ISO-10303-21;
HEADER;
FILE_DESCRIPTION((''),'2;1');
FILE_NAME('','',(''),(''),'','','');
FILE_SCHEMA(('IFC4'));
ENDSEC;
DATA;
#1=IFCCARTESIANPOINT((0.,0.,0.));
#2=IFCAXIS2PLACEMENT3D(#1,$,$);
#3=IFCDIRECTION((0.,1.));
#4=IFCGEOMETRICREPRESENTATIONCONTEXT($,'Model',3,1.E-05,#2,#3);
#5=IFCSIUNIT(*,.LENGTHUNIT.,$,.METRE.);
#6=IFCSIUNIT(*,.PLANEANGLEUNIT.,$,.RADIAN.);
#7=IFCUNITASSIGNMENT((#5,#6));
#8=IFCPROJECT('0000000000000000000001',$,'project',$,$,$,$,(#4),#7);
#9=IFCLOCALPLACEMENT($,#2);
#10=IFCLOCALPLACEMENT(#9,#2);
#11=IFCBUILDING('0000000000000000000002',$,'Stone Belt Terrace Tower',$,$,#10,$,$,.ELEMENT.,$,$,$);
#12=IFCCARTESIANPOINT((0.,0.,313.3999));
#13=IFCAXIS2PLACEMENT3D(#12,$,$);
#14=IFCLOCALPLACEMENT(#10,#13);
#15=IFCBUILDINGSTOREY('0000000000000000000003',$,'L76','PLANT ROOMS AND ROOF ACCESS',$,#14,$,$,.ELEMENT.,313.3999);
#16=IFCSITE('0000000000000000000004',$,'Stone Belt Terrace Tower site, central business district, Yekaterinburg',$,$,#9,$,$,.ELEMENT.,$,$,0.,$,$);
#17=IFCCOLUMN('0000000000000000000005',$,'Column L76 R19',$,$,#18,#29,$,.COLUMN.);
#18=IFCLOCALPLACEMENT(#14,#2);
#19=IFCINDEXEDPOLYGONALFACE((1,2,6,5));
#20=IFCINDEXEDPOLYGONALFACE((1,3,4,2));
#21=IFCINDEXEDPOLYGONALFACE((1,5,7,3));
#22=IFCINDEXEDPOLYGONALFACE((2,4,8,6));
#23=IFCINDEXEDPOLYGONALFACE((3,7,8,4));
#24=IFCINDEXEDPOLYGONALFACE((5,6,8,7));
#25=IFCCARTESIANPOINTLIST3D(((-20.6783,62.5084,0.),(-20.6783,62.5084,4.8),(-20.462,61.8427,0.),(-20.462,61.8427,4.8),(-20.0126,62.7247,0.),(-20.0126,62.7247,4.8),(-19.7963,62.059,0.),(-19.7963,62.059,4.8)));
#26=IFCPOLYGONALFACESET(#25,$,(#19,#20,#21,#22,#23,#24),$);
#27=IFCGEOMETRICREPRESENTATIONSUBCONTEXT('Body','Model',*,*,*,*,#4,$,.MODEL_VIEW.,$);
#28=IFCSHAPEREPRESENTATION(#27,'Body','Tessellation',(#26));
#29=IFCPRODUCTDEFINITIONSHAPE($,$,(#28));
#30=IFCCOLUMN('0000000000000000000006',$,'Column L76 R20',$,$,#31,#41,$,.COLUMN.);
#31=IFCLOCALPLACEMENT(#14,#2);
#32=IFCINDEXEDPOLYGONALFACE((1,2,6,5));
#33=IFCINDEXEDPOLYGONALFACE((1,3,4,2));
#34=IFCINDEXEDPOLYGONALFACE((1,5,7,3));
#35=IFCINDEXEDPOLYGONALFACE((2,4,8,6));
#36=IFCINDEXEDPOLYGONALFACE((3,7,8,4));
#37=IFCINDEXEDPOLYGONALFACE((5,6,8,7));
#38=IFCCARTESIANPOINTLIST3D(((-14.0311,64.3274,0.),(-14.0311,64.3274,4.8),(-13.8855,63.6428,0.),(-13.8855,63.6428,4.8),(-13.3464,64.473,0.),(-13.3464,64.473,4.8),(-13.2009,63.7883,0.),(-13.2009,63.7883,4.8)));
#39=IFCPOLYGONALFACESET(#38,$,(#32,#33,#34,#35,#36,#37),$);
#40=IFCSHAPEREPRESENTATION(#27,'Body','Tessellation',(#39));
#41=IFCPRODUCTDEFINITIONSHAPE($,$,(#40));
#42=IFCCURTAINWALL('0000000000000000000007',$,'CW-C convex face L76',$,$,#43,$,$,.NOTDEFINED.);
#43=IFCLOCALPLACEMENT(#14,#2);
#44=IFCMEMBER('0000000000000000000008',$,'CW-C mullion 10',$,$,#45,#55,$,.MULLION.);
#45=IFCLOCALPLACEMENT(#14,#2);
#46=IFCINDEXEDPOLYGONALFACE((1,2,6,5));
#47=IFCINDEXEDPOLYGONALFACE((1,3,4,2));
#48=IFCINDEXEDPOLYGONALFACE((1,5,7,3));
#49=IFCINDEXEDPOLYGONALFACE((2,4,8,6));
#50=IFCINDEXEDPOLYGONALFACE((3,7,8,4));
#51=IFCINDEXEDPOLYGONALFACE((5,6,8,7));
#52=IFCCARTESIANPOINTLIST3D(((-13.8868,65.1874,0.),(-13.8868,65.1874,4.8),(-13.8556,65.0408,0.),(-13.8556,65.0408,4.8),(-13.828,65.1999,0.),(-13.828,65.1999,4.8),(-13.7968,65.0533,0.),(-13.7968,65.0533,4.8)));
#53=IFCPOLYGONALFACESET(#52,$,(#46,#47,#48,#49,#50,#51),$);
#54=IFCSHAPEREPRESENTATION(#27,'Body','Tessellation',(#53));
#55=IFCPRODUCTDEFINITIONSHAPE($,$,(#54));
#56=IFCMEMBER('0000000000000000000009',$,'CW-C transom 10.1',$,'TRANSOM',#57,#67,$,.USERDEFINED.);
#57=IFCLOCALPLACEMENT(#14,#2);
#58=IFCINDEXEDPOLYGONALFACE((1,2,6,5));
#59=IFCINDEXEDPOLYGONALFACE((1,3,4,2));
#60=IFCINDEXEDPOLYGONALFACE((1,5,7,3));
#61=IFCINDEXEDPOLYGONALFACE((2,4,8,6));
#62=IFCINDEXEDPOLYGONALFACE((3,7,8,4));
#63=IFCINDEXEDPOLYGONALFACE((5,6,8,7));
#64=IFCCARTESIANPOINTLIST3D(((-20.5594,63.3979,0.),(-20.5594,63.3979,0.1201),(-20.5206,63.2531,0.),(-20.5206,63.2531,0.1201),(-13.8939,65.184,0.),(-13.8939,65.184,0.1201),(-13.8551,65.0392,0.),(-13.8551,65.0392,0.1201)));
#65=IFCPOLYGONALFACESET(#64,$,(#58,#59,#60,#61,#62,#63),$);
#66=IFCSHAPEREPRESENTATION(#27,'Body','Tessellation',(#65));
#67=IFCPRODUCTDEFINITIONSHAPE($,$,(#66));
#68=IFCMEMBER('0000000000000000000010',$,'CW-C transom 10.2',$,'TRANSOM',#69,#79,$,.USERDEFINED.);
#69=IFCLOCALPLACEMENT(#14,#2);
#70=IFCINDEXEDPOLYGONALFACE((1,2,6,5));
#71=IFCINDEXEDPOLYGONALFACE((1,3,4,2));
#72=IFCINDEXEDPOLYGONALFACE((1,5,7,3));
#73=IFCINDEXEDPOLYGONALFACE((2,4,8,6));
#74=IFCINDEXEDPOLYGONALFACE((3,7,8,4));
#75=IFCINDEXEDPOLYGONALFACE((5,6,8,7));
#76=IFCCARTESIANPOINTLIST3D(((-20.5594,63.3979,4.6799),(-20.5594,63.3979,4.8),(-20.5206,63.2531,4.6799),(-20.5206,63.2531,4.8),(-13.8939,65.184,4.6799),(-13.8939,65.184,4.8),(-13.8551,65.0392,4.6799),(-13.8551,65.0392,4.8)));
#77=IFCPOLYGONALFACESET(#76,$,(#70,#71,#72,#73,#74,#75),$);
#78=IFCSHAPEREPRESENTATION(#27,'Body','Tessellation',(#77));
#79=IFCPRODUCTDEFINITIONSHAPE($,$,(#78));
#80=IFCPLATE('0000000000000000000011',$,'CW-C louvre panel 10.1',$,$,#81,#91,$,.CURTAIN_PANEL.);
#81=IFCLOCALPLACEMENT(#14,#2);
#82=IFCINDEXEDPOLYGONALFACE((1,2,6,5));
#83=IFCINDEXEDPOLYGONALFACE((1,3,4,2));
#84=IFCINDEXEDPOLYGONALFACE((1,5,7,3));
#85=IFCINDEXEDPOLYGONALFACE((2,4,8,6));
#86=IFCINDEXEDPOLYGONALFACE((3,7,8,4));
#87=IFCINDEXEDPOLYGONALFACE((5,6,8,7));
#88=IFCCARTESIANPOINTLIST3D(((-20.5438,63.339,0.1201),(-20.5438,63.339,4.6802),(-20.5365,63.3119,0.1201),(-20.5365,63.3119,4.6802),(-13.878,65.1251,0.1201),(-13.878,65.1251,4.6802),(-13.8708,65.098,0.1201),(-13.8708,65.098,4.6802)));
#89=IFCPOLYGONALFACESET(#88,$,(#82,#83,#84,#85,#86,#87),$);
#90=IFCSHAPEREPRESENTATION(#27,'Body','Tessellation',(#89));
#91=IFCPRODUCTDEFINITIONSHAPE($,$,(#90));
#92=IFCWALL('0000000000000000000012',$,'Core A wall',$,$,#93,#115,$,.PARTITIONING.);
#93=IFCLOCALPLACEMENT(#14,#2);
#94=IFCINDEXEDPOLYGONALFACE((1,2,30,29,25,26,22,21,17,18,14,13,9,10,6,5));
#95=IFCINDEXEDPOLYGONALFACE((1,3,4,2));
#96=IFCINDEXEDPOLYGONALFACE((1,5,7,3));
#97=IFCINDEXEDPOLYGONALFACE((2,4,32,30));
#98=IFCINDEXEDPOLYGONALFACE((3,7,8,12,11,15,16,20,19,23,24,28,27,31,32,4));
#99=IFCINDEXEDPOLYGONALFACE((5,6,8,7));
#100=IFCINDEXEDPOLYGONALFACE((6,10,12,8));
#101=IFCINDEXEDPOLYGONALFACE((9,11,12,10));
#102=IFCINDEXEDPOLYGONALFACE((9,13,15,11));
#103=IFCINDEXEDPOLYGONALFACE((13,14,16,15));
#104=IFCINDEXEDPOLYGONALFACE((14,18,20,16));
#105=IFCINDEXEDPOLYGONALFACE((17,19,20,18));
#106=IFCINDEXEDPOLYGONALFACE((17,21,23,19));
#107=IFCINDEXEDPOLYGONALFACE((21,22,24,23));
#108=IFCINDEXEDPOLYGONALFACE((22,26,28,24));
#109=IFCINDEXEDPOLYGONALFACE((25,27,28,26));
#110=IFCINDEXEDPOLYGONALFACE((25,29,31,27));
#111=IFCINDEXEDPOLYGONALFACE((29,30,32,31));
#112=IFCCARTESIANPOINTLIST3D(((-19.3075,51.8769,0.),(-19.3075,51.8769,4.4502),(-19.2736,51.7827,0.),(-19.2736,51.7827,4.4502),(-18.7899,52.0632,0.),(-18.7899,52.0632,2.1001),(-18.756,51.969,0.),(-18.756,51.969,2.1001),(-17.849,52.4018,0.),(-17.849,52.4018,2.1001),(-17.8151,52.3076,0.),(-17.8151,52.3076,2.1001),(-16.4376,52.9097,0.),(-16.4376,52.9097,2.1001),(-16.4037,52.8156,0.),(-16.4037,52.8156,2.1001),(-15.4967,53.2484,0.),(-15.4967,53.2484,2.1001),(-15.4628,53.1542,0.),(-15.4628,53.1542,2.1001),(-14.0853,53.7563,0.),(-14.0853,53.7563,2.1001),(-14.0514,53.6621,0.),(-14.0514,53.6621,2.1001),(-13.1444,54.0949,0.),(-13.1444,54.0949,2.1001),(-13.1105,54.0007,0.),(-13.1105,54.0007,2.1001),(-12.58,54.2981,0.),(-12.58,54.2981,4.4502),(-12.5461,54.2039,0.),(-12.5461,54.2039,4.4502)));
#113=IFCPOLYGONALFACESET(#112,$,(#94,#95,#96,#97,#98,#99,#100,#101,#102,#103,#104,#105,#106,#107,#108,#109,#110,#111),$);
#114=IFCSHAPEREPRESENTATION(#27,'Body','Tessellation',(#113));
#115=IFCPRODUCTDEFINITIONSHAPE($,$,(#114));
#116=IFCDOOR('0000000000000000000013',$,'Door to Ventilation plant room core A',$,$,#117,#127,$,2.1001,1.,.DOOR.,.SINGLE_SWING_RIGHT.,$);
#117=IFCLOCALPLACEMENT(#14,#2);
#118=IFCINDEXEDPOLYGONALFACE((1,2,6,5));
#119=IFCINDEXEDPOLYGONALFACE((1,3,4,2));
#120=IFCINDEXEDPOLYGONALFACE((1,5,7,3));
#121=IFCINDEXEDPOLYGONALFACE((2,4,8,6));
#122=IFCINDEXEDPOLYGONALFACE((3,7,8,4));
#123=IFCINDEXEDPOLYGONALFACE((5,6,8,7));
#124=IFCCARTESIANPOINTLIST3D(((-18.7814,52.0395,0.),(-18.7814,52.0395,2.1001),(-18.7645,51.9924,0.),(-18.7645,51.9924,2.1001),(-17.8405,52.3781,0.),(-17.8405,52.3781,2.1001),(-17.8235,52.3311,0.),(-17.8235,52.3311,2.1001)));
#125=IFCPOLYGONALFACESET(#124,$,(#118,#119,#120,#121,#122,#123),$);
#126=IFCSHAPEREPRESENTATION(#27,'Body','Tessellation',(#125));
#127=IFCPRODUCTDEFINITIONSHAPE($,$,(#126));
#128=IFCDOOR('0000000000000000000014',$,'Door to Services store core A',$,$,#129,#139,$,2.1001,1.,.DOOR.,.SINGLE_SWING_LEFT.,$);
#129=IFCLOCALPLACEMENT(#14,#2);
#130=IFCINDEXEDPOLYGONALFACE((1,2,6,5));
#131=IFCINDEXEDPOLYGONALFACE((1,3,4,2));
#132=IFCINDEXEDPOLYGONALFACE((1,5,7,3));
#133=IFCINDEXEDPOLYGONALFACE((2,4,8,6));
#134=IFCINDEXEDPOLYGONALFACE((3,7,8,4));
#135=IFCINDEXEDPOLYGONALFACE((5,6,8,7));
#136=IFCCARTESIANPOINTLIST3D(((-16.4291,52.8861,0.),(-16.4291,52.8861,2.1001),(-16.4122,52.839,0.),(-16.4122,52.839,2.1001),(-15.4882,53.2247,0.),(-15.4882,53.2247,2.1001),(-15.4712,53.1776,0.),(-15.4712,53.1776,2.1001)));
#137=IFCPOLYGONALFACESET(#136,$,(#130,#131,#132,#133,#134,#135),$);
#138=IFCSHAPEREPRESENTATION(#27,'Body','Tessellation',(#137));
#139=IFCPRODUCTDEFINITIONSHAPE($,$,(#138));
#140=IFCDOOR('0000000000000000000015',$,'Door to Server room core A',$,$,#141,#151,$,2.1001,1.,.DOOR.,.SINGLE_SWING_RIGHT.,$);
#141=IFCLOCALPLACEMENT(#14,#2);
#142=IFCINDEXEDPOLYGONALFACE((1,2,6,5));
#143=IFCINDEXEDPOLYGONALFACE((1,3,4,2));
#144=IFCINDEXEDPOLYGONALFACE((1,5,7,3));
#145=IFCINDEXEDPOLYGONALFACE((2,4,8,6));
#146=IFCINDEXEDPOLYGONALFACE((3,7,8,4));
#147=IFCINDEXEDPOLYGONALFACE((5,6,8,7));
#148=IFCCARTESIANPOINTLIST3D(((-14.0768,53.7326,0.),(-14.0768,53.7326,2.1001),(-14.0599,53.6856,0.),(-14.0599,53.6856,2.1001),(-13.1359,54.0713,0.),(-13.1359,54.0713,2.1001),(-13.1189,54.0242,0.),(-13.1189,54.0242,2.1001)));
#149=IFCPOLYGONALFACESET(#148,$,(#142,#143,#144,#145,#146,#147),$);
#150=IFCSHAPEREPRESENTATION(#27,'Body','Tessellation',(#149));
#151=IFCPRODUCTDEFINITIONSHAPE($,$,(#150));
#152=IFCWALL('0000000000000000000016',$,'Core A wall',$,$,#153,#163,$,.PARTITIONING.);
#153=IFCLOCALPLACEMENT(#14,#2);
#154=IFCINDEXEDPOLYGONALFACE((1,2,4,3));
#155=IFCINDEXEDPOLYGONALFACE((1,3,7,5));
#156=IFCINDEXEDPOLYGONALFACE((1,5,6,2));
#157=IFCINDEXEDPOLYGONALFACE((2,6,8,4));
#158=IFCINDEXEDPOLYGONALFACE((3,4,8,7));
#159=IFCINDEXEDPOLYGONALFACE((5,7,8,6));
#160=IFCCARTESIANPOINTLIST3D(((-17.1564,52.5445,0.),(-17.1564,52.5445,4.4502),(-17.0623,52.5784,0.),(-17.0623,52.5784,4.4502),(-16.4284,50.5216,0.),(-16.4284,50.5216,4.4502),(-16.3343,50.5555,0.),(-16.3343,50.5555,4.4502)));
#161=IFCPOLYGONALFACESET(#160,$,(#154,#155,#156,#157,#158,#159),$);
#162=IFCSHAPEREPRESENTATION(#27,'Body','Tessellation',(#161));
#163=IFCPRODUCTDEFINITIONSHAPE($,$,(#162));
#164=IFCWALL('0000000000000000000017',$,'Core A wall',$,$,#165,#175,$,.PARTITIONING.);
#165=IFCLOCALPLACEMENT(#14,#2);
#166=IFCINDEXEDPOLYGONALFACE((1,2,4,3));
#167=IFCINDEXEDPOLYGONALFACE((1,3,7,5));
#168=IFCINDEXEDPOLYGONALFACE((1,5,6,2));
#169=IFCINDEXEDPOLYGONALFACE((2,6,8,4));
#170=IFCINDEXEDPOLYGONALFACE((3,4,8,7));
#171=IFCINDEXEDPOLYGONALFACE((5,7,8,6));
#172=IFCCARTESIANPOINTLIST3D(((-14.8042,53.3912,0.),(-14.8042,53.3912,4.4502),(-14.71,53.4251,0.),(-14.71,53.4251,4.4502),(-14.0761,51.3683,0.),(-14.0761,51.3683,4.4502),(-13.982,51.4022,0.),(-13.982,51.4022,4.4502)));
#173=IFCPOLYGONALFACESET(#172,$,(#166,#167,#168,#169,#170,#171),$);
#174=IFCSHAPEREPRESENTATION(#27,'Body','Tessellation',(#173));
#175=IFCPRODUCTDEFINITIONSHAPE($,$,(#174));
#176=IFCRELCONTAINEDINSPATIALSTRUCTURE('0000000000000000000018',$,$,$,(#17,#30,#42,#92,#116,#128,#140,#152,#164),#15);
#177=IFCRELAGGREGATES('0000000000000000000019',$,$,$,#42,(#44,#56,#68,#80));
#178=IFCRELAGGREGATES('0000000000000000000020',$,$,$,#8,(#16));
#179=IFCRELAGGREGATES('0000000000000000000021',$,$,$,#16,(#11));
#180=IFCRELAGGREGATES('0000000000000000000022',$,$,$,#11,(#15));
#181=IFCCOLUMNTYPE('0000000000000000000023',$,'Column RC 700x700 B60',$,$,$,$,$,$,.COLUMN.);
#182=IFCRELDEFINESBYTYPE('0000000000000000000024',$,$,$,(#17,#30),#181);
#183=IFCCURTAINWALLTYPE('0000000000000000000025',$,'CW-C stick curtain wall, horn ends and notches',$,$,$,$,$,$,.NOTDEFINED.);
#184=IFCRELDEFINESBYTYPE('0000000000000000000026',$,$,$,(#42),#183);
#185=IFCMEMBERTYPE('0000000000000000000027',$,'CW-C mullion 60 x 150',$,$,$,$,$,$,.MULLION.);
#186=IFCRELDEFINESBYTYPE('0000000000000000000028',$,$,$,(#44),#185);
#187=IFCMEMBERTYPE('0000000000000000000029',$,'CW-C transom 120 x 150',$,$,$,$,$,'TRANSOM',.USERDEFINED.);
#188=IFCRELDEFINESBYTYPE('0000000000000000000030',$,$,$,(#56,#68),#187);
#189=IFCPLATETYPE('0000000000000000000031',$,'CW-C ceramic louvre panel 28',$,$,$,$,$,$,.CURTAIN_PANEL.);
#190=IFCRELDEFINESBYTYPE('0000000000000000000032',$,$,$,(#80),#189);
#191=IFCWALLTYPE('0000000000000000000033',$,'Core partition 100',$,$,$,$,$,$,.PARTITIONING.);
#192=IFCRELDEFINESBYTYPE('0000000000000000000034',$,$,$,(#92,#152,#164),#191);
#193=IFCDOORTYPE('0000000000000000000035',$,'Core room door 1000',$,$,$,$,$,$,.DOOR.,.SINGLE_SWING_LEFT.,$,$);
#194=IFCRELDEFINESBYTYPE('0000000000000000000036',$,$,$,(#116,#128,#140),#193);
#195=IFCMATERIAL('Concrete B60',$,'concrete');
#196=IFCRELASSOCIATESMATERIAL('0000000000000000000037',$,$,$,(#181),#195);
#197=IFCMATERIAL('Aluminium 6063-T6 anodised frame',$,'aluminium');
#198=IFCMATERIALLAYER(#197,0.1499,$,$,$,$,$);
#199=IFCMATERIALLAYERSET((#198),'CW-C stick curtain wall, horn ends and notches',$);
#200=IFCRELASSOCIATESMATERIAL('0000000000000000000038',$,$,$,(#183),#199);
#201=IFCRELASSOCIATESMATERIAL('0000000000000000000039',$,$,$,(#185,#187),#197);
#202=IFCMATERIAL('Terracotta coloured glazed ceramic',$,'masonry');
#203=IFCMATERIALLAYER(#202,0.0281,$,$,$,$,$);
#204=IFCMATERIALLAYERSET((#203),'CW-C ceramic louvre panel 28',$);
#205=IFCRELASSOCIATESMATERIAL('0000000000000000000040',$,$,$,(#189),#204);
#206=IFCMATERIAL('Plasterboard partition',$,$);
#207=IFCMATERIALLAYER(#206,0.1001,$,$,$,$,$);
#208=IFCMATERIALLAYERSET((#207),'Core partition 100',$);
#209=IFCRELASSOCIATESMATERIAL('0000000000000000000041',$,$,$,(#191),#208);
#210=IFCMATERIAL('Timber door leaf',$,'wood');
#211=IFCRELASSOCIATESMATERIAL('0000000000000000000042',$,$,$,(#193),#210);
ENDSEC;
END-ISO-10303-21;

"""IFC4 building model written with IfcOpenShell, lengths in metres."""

from ifc_helpers import new_model, si_unit, direction, frame, frame_2d, origin, origin_2d, place, context, subcontext, project, spatial, rectangle, extrude, material, layer, layer_set, material_profile, profile_set, type_object, element, fill, aggregate, save


model = new_model("IFC4")

# Units and contexts
model_context = context("Model", 3, precision=1e-05, world=origin(), true_north=direction((0.0, 1.0)))
body_context = subcontext(model_context, "Body", "Model", "MODEL_VIEW")
ifc_project = project(units=[si_unit("LENGTHUNIT", "METRE"), si_unit("PLANEANGLEUNIT", "RADIAN")], contexts=[model_context])

# Site, building, storey
site_placement = place(None, origin())
site = spatial("IfcSite", under=ifc_project, at=site_placement, Name="Stone Belt Terrace Tower site, central business district, Yekaterinburg", CompositionType="ELEMENT", RefElevation=0.0)
building_placement = place(site_placement, origin())
building = spatial("IfcBuilding", under=site, at=building_placement, Name="Stone Belt Terrace Tower", CompositionType="ELEMENT")
storey_placement = place(building_placement, frame((0.0, 0.0, 313.3999)))
storey = spatial("IfcBuildingStorey", under=building, at=storey_placement, Name="L76", Description="PLANT ROOMS AND ROOF ACCESS", CompositionType="ELEMENT", Elevation=313.3999)

# Columns
ifc_material_1 = material(Name="Concrete B60", Category="concrete")
ifc_material_profile_1 = material_profile(ifc_material_1, rectangle(XDim=0.7, YDim=0.7, at=origin_2d()), Name="RC 700x700")
ifc_profile_set_1 = profile_set([ifc_material_profile_1], Name="Concrete B60")
column_type = type_object("IfcColumnType", Name="Column RC 700x700 B60", PredefinedType="COLUMN", material=ifc_profile_set_1)
for number, where, z_axis, x_axis, name in (
    (1, (-20.2373, 62.2837, 0.0), (0.0, 0.0, 1.0), (0.951057, 0.309017, 0.0), "Column L76 R19"),
    (2, (-13.616, 64.0579, 0.0), (0.0, 0.0, 1.0), (0.978148, 0.207912, 0.0), "Column L76 R20"),
):
    element("IfcColumn", number, at=place(storey_placement, frame(where, z_axis=z_axis, x_axis=x_axis)), inside=storey, type_object=column_type, Name=name, PredefinedType="COLUMN", context=body_context, shape_type="SweptSolid", body=[
        extrude(rectangle(XDim=0.7, YDim=0.7, at=origin_2d()), origin(), (0.0, 0.0, 1.0), 4.8),
    ])

# Curtain wall, members, plate
ifc_material_2 = material(Name="Aluminium 6063-T6 anodised frame", Category="aluminium")
ifc_layer_1 = layer(ifc_material_2, 0.1499)
ifc_layer_set_1 = layer_set([ifc_layer_1], Name="CW-C stick curtain wall, horn ends and notches")
curtain_wall_type = type_object("IfcCurtainWallType", Name="CW-C stick curtain wall, horn ends and notches", PredefinedType="NOTDEFINED", material=ifc_layer_set_1)
curtain_wall_placement = place(storey_placement, origin())
curtain_wall = element("IfcCurtainWall", 3, at=curtain_wall_placement, inside=storey, type_object=curtain_wall_type, Name="CW-C convex face L76", PredefinedType="NOTDEFINED")
ifc_material_profile_2 = material_profile(ifc_material_2, rectangle(XDim=0.1499, YDim=0.0601, at=origin_2d()), Name="Aluminium 6063-T6 60x150")
ifc_profile_set_2 = profile_set([ifc_material_profile_2], Name="Aluminium 6063-T6 anodised frame")
member_type_1 = type_object("IfcMemberType", Name="CW-C mullion 60 x 150", PredefinedType="MULLION", material=ifc_profile_set_2)
member_1_placement = place(storey_placement, frame((-13.8418, 65.1204, 0.0), z_axis=(0.0, 0.0, 1.0), x_axis=(0.207912, -0.978148, 0.0)))
member_1 = element("IfcMember", 4, at=member_1_placement, type_object=member_type_1, Name="CW-C mullion 10", PredefinedType="MULLION", context=body_context, shape_type="SweptSolid", body=[
    extrude(rectangle(XDim=0.1499, YDim=0.0601, at=origin_2d()), origin(), (0.0, 0.0, 1.0), 4.8),
])
ifc_material_profile_3 = material_profile(ifc_material_2, rectangle(XDim=0.1499, YDim=0.1201, at=origin_2d()), Name="Aluminium 6063-T6 150x120")
ifc_profile_set_3 = profile_set([ifc_material_profile_3], Name="Aluminium 6063-T6 anodised frame")
member_type_2 = type_object("IfcMemberType", Name="CW-C transom 120 x 150", ElementType="TRANSOM", PredefinedType="USERDEFINED", material=ifc_profile_set_3)
member_2_placement = place(storey_placement, frame((-13.8745, 65.1116, 0.0601), z_axis=(-0.965922, -0.258834, 0.0), x_axis=(0.258834, -0.965922, 0.0)))
member_2 = element("IfcMember", 5, at=member_2_placement, type_object=member_type_2, Name="CW-C transom 10.1", ObjectType="TRANSOM", PredefinedType="USERDEFINED", context=body_context, shape_type="SweptSolid", body=[
    extrude(rectangle(XDim=0.1499, YDim=0.1201, at=origin_2d()), origin(), (0.0, 0.0, 1.0), 6.9006),
])
member_3_placement = place(storey_placement, frame((-13.8745, 65.1116, 4.74), z_axis=(-0.965922, -0.258834, 0.0), x_axis=(0.258834, -0.965922, 0.0)))
member_3 = element("IfcMember", 6, at=member_3_placement, type_object=member_type_2, Name="CW-C transom 10.2", ObjectType="TRANSOM", PredefinedType="USERDEFINED", context=body_context, shape_type="SweptSolid", body=[
    extrude(rectangle(XDim=0.1499, YDim=0.1201, at=origin_2d()), origin(), (0.0, 0.0, 1.0), 6.9006),
])
ifc_material_3 = material(Name="Terracotta coloured glazed ceramic", Category="masonry")
ifc_layer_2 = layer(ifc_material_3, 0.0281)
ifc_layer_set_2 = layer_set([ifc_layer_2], Name="CW-C ceramic louvre panel 28")
plate_type = type_object("IfcPlateType", Name="CW-C ceramic louvre panel 28", PredefinedType="CURTAIN_PANEL", material=ifc_layer_set_2)
plate_placement = place(storey_placement, frame((-17.2073, 64.2185, 0.1201), z_axis=(0.0, 0.0, 1.0), x_axis=(-0.965926, -0.258819, 0.0)))
plate = element("IfcPlate", 7, at=plate_placement, type_object=plate_type, Name="CW-C louvre panel 10.1", PredefinedType="CURTAIN_PANEL", context=body_context, shape_type="SweptSolid", body=[
    extrude(rectangle(XDim=6.9009, YDim=0.0281, at=origin_2d()), origin(), (0.0, 0.0, 1.0), 4.5601),
])
aggregate(curtain_wall, [member_1, member_2, member_3, plate])

# Wall, openings, doors
ifc_material_4 = material(Name="Plasterboard partition")
ifc_layer_3 = layer(ifc_material_4, 0.1001)
ifc_layer_set_3 = layer_set([ifc_layer_3], Name="Core partition 100")
wall_type_1 = type_object("IfcWallType", Name="Core partition 100", PredefinedType="PARTITIONING", material=ifc_layer_set_3)
wall_1_placement = place(storey_placement, frame((-19.2905, 51.8298, 0.0), z_axis=(0.0, 0.0, 1.0), x_axis=(0.940922, 0.338624, 0.0)))
wall_1 = element("IfcWall", 8, at=wall_1_placement, inside=storey, type_object=wall_type_1, Name="Core A wall", PredefinedType="PARTITIONING", context=body_context, shape_type="SweptSolid", body=[
    extrude(rectangle(XDim=7.1499, YDim=0.1001, at=frame_2d((3.575, 0.0))), origin(), (0.0, 0.0, 1.0), 4.4502),
])
opening_1_placement = place(wall_1_placement, frame((0.55, 0.0, 0.0)))
opening_1 = element("IfcOpeningElement", 9, at=opening_1_placement, cuts=wall_1, PredefinedType="OPENING", context=body_context, shape_type="SweptSolid", body=[
    extrude(rectangle(XDim=1.0, YDim=2.1001, at=frame_2d((0.5, 1.05))), frame((0.0, 0.0601, 0.0), z_axis=(0.0, -1.0, 0.0), x_axis=(1.0, 0.0, 0.0)), (0.0, 0.0, 1.0), 0.1201),
])
opening_2_placement = place(wall_1_placement, frame((3.05, 0.0, 0.0)))
opening_2 = element("IfcOpeningElement", 10, at=opening_2_placement, cuts=wall_1, PredefinedType="OPENING", context=body_context, shape_type="SweptSolid", body=[
    extrude(rectangle(XDim=1.0, YDim=2.1001, at=frame_2d((0.5, 1.05))), frame((0.0, 0.0601, 0.0), z_axis=(0.0, -1.0, 0.0), x_axis=(1.0, 0.0, 0.0)), (0.0, 0.0, 1.0), 0.1201),
])
opening_3_placement = place(wall_1_placement, frame((5.55, 0.0, 0.0)))
opening_3 = element("IfcOpeningElement", 11, at=opening_3_placement, cuts=wall_1, PredefinedType="OPENING", context=body_context, shape_type="SweptSolid", body=[
    extrude(rectangle(XDim=1.0, YDim=2.1001, at=frame_2d((0.5, 1.05))), frame((0.0, 0.0601, 0.0), z_axis=(0.0, -1.0, 0.0), x_axis=(1.0, 0.0, 0.0)), (0.0, 0.0, 1.0), 0.1201),
])
ifc_material_5 = material(Name="Timber door leaf", Category="wood")
door_type_1 = type_object("IfcDoorType", Name="Core room door 1000", OperationType="SINGLE_SWING_LEFT", PredefinedType="DOOR", material=ifc_material_5)
door_1_placement = place(opening_1_placement, origin())
door_1 = element("IfcDoor", 12, at=door_1_placement, inside=storey, type_object=door_type_1, Name="Door to Ventilation plant room core A", OperationType="SINGLE_SWING_RIGHT", OverallHeight=2.1001, OverallWidth=1.0, PredefinedType="DOOR", context=body_context, shape_type="SweptSolid", body=[
    extrude(rectangle(XDim=1.0, YDim=2.1001, at=frame_2d((0.5, 1.05))), frame((0.0, 0.0249, 0.0), z_axis=(0.0, -1.0, 0.0), x_axis=(1.0, 0.0, 0.0)), (0.0, 0.0, 1.0), 0.05),
])
fill(opening_1, door_1)
door_2_placement = place(opening_2_placement, origin())
door_2 = element("IfcDoor", 13, at=door_2_placement, inside=storey, type_object=door_type_1, Name="Door to Services store core A", OperationType="SINGLE_SWING_LEFT", OverallHeight=2.1001, OverallWidth=1.0, PredefinedType="DOOR", context=body_context, shape_type="SweptSolid", body=[
    extrude(rectangle(XDim=1.0, YDim=2.1001, at=frame_2d((0.5, 1.05))), frame((0.0, 0.0249, 0.0), z_axis=(0.0, -1.0, 0.0), x_axis=(1.0, 0.0, 0.0)), (0.0, 0.0, 1.0), 0.05),
])
fill(opening_2, door_2)
door_3_placement = place(opening_3_placement, origin())
door_3 = element("IfcDoor", 14, at=door_3_placement, inside=storey, type_object=door_type_1, Name="Door to Server room core A", OperationType="SINGLE_SWING_RIGHT", OverallHeight=2.1001, OverallWidth=1.0, PredefinedType="DOOR", context=body_context, shape_type="SweptSolid", body=[
    extrude(rectangle(XDim=1.0, YDim=2.1001, at=frame_2d((0.5, 1.05))), frame((0.0, 0.0249, 0.0), z_axis=(0.0, -1.0, 0.0), x_axis=(1.0, 0.0, 0.0)), (0.0, 0.0, 1.0), 0.05),
])
fill(opening_3, door_3)

# Walls
for number, where, z_axis, x_axis, name in (
    (15, (-16.3813, 50.5386, 0.0), (0.0, 0.0, 1.0), (-0.338623, 0.940922, 0.0), "Core A wall"),
    (16, (-14.0291, 51.3853, 0.0), (0.0, 0.0, 1.0), (-0.338623, 0.940922, 0.0), "Core A wall"),
):
    element("IfcWall", number, at=place(storey_placement, frame(where, z_axis=z_axis, x_axis=x_axis)), inside=storey, type_object=wall_type_1, Name=name, PredefinedType="PARTITIONING", context=body_context, shape_type="SweptSolid", body=[
        extrude(rectangle(XDim=2.1499, YDim=0.1001, at=frame_2d((1.075, 0.0))), origin(), (0.0, 0.0, 1.0), 4.4502),
    ])

save(model, "model.ifc")
